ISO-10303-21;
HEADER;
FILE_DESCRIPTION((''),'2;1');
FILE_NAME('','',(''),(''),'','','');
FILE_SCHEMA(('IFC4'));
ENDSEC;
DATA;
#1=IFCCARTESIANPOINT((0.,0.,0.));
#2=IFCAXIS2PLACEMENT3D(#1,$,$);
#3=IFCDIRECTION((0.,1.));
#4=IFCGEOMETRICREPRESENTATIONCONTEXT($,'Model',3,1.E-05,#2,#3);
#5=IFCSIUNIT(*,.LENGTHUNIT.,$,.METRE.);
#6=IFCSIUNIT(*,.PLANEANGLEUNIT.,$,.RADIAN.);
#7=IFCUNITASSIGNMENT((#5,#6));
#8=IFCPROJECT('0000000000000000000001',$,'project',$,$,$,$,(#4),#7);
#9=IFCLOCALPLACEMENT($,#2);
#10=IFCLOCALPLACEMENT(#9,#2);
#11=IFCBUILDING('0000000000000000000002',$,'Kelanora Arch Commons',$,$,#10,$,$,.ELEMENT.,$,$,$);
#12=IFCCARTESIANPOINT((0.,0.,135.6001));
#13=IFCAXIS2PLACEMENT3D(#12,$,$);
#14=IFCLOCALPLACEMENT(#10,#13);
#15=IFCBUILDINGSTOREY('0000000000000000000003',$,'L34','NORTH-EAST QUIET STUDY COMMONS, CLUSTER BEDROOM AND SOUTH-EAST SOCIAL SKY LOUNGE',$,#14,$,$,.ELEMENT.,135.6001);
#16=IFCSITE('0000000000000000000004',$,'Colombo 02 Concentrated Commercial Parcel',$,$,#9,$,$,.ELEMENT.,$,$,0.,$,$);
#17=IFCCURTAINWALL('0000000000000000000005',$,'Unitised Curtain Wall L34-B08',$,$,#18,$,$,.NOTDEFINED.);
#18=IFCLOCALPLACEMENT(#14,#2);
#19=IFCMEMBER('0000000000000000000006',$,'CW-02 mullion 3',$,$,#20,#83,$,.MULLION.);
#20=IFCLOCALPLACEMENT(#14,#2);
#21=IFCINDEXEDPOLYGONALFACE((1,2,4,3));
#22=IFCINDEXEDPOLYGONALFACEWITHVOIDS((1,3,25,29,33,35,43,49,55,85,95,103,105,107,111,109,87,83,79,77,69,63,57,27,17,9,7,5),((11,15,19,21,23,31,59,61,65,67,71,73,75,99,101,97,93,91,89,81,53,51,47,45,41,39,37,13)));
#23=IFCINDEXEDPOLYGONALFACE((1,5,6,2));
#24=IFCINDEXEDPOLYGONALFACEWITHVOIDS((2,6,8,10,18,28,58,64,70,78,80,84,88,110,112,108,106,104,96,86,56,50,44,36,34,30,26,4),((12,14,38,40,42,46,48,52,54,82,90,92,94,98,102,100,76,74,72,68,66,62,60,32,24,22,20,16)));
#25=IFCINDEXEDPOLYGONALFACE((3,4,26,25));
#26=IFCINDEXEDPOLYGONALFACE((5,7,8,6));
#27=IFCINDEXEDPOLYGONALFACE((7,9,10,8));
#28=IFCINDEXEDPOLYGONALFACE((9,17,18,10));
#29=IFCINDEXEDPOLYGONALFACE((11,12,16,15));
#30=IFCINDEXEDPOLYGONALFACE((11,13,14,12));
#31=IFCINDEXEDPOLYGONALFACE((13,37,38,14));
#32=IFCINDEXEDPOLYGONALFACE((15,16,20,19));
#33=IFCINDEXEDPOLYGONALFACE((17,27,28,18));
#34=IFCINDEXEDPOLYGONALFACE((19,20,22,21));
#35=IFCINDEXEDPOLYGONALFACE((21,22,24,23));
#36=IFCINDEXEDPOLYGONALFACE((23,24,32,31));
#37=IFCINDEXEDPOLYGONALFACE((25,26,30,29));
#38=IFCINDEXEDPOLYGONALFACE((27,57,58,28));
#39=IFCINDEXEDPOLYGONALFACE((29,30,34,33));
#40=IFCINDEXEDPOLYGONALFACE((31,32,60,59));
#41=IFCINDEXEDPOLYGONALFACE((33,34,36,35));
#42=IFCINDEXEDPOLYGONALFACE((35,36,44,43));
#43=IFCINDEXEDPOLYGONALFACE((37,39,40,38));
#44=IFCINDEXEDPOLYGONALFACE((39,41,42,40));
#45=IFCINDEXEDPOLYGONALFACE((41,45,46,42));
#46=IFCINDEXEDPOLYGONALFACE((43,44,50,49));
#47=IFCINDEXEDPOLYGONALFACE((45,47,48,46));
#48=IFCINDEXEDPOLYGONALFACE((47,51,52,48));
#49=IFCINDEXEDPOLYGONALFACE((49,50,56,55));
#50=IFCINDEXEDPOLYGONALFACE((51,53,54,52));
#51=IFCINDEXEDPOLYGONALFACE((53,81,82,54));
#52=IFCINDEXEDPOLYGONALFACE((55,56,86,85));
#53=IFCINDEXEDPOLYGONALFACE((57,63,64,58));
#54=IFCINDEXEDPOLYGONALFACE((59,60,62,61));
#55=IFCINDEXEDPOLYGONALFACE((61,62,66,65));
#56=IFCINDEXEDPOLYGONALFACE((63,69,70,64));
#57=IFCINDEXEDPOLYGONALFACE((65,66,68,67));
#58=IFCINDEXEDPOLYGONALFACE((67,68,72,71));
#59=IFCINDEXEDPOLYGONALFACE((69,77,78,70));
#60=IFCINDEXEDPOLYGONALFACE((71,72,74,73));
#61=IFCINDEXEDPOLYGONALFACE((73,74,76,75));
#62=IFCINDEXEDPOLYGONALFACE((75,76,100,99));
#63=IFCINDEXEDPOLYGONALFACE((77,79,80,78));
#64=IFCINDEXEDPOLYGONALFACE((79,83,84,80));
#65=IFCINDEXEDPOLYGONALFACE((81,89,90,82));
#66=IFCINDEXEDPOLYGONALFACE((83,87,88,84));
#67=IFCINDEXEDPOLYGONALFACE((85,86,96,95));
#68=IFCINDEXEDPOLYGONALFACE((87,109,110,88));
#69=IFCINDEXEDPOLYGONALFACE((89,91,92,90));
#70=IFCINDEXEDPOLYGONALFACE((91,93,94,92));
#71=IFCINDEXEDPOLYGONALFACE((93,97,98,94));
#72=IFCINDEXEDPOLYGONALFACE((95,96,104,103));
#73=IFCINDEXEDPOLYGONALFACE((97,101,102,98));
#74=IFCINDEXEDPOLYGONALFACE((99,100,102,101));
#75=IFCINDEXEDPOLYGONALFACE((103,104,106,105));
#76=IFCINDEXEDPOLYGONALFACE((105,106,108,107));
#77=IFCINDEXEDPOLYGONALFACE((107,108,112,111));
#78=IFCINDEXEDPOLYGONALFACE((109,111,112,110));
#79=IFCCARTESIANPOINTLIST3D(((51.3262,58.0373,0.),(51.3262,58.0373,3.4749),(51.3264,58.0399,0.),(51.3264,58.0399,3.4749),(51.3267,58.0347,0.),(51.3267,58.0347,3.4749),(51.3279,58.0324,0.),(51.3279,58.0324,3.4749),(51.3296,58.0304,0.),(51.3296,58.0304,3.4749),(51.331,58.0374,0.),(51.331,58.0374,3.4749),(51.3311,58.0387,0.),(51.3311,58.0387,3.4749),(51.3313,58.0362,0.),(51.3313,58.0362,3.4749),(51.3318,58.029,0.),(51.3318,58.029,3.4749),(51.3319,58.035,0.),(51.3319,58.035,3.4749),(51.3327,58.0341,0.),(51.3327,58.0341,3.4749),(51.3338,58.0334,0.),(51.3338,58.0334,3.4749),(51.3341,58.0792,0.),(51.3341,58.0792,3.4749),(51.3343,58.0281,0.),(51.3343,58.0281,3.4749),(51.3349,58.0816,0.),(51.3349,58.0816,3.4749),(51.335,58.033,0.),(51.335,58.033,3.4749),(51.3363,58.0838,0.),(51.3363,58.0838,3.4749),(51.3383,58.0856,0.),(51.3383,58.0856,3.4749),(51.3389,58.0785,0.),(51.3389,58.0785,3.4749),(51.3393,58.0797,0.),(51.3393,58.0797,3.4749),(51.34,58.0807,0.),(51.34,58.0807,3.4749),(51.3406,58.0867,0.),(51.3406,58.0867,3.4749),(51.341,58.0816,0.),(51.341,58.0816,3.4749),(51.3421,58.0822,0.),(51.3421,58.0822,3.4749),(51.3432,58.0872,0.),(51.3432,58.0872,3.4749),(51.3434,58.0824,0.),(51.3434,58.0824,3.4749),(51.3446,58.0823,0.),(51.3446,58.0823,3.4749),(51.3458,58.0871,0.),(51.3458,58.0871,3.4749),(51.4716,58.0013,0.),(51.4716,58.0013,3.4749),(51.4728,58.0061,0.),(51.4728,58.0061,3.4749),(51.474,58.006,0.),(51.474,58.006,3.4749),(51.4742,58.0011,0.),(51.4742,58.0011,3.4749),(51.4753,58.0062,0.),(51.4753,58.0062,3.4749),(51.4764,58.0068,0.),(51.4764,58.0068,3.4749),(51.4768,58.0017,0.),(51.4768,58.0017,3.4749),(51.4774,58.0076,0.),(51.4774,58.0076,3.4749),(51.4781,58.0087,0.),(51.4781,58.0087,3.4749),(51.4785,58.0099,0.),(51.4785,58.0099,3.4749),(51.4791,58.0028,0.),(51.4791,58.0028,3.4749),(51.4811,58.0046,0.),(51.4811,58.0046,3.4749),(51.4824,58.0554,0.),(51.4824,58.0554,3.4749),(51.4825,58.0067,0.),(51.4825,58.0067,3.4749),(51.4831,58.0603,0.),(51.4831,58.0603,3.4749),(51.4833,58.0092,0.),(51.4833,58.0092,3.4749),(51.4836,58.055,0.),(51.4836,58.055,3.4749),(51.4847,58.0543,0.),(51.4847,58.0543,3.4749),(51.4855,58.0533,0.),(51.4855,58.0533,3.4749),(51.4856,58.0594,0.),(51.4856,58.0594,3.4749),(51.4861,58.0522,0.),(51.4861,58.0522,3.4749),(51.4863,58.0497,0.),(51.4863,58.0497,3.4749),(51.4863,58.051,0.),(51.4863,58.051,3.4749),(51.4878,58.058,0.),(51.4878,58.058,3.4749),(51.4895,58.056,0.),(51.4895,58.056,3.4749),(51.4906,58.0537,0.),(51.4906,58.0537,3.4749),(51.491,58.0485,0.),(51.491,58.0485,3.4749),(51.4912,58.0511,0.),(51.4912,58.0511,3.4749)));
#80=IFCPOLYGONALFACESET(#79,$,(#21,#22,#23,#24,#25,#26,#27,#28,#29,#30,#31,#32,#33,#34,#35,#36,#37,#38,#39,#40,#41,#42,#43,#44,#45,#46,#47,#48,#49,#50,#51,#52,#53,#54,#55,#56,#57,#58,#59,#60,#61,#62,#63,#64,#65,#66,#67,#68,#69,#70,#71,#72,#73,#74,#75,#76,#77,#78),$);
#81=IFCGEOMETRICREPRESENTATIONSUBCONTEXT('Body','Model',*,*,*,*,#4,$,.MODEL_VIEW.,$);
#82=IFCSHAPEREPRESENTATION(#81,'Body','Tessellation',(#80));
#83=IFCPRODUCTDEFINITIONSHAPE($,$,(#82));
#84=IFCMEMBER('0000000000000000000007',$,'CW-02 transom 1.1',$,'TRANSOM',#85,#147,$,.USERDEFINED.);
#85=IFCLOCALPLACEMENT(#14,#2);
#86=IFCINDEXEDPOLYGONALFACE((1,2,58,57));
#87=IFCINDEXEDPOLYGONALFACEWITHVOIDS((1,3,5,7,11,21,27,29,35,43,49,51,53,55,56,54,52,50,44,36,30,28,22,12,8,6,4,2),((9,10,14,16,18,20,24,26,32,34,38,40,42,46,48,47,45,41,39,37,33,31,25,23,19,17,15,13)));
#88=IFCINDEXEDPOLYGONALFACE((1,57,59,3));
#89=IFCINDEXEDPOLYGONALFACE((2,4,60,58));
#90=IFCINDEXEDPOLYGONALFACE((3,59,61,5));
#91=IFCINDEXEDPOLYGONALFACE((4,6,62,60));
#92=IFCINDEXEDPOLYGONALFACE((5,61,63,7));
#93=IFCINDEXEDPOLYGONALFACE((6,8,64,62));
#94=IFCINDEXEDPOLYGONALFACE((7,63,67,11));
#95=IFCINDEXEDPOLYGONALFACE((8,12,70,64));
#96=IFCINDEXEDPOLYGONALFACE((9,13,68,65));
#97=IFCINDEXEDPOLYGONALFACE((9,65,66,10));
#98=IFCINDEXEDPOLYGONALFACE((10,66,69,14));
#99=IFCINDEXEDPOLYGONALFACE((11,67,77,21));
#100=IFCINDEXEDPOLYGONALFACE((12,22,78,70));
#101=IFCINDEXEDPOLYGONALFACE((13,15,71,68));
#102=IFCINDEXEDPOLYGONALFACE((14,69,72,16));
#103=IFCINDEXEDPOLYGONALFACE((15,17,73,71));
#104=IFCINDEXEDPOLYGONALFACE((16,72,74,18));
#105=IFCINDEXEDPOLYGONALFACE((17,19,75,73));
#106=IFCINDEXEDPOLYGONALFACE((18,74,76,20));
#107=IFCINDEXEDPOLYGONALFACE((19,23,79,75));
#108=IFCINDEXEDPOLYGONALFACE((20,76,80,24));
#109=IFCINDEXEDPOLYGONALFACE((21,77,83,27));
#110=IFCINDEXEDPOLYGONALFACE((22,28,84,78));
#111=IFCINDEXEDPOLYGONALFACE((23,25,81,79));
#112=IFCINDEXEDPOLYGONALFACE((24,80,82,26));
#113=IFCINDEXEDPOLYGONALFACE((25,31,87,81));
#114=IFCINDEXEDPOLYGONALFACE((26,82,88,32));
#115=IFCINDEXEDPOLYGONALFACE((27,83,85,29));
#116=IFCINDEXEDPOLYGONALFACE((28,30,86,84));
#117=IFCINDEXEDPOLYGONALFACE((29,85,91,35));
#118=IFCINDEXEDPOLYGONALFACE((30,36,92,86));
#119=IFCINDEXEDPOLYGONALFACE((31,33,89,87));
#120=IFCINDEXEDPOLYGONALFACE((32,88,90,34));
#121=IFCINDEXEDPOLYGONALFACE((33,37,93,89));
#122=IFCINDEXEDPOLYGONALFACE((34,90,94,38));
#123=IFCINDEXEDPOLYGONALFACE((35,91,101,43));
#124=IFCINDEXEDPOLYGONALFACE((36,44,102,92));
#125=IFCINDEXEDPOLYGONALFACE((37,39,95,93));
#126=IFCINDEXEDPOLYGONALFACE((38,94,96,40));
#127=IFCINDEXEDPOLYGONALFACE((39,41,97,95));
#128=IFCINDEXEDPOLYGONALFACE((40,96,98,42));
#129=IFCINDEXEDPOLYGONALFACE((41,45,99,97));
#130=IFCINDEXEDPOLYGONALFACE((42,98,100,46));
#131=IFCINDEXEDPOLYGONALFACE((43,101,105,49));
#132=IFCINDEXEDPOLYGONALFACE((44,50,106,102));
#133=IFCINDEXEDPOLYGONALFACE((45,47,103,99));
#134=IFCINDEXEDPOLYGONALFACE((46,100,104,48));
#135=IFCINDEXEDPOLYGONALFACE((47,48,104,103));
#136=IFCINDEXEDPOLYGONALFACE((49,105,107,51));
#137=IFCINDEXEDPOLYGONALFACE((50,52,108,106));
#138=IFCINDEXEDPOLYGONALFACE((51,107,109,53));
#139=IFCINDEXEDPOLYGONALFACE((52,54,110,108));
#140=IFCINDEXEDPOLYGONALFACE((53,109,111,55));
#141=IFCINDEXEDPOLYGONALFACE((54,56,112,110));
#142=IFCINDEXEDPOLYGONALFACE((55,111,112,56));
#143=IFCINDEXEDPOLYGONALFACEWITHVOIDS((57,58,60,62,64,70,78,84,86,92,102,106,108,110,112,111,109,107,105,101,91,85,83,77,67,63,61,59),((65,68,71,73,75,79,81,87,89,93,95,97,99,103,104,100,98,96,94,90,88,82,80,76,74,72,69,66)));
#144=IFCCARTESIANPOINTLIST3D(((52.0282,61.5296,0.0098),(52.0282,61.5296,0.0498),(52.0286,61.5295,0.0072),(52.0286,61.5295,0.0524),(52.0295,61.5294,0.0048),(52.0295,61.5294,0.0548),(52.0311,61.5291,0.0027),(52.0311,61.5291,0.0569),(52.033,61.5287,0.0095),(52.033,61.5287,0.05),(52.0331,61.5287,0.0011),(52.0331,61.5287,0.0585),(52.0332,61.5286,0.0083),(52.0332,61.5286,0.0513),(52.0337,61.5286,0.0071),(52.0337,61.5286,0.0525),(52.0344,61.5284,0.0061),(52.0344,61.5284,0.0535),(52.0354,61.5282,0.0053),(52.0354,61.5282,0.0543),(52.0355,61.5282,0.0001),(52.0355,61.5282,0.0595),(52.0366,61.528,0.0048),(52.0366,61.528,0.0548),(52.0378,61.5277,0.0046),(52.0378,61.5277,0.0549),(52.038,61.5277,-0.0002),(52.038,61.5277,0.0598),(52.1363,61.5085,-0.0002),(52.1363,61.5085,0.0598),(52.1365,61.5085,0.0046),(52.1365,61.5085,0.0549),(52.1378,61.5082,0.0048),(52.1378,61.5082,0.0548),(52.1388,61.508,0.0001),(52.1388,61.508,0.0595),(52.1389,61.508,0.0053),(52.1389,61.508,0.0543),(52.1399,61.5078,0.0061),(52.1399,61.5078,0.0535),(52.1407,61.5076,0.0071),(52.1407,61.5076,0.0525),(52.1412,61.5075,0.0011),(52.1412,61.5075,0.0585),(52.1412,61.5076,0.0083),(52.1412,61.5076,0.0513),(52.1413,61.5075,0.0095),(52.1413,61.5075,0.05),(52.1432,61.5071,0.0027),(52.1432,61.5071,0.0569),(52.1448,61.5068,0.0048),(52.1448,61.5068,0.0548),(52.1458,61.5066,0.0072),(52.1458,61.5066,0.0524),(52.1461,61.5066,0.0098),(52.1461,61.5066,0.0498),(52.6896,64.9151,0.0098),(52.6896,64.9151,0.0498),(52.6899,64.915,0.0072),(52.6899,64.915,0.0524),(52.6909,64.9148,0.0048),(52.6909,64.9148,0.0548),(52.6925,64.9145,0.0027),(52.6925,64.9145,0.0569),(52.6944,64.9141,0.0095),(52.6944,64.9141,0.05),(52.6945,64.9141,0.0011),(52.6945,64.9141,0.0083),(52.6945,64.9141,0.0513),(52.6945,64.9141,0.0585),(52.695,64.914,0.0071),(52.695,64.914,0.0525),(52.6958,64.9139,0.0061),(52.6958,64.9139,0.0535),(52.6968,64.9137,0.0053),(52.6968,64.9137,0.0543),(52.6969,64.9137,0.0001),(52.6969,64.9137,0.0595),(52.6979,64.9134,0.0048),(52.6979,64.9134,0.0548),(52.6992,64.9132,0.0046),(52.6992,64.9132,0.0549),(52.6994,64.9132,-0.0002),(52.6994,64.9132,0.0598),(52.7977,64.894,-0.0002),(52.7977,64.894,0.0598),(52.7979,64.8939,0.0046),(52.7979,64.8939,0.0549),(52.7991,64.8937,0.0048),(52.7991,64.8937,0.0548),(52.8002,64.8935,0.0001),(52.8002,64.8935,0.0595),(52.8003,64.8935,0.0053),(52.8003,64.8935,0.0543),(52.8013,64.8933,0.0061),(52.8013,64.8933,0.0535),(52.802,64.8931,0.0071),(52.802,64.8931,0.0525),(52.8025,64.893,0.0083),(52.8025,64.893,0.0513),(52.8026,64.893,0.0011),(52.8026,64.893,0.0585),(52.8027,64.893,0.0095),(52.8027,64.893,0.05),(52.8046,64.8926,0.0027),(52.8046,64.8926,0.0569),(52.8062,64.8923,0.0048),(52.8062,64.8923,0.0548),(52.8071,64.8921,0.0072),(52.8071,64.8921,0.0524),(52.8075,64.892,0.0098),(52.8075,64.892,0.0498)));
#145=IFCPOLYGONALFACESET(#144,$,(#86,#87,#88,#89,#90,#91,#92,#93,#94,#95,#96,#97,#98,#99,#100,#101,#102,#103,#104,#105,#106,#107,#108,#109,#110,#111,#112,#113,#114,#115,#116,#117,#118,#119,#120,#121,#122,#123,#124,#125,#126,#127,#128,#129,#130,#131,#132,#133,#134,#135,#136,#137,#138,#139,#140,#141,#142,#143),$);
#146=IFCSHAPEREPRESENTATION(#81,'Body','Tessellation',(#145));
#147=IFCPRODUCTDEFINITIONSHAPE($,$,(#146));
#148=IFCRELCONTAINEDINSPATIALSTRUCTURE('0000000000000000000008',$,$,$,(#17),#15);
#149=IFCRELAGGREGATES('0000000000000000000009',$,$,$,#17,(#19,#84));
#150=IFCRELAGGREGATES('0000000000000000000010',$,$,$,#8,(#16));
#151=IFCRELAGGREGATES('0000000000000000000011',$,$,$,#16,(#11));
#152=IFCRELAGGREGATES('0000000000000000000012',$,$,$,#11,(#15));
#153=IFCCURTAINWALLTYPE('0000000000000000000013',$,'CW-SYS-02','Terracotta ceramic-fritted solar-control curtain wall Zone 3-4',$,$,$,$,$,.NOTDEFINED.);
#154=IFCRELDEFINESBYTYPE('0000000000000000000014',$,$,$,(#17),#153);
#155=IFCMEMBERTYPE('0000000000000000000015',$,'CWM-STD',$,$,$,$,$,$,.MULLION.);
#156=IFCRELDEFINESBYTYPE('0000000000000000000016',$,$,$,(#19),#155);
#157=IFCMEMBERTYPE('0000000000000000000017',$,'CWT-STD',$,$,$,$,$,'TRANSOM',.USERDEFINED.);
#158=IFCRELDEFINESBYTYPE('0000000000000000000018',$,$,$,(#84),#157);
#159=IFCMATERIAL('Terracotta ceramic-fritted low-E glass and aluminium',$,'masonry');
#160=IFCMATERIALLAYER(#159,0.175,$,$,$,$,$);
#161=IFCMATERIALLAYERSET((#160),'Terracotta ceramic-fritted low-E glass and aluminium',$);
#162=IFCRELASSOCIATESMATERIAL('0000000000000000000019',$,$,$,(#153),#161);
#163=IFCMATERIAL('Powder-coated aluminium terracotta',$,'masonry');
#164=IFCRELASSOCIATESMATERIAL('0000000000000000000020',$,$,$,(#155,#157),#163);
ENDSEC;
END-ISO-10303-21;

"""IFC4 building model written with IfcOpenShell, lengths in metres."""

from ifc_helpers import new_model, si_unit, direction, frame, origin, origin_2d, place, context, subcontext, project, spatial, hollow_rectangle, extrude, material, layer, layer_set, material_profile, profile_set, type_object, element, aggregate, save


model = new_model("IFC4")

# Units and contexts
model_context = context("Model", 3, precision=1e-05, world=origin(), true_north=direction((0.0, 1.0)))
body_context = subcontext(model_context, "Body", "Model", "MODEL_VIEW")
ifc_project = project(units=[si_unit("LENGTHUNIT", "METRE"), si_unit("PLANEANGLEUNIT", "RADIAN")], contexts=[model_context])

# Site, building, storey
site_placement = place(None, origin())
site = spatial("IfcSite", under=ifc_project, at=site_placement, Name="Colombo 02 Concentrated Commercial Parcel", CompositionType="ELEMENT", RefElevation=0.0)
building_placement = place(site_placement, origin())
building = spatial("IfcBuilding", under=site, at=building_placement, Name="Kelanora Arch Commons", CompositionType="ELEMENT")
storey_placement = place(building_placement, frame((0.0, 0.0, 135.6001)))
storey = spatial("IfcBuildingStorey", under=building, at=storey_placement, Name="L34", Description="NORTH-EAST QUIET STUDY COMMONS, CLUSTER BEDROOM AND SOUTH-EAST SOCIAL SKY LOUNGE", CompositionType="ELEMENT", Elevation=135.6001)

# Curtain wall, members
ifc_material_1 = material(Name="Terracotta ceramic-fritted low-E glass and aluminium", Category="masonry")
ifc_layer_1 = layer(ifc_material_1, 0.175)
ifc_layer_set_1 = layer_set([ifc_layer_1], Name="Terracotta ceramic-fritted low-E glass and aluminium")
curtain_wall_type = type_object("IfcCurtainWallType", Name="CW-SYS-02", Description="Terracotta ceramic-fritted solar-control curtain wall Zone 3-4", PredefinedType="NOTDEFINED", material=ifc_layer_set_1)
curtain_wall_placement = place(storey_placement, origin())
curtain_wall = element("IfcCurtainWall", 1, at=curtain_wall_placement, inside=storey, type_object=curtain_wall_type, Name="Unitised Curtain Wall L34-B08", PredefinedType="NOTDEFINED")
ifc_material_2 = material(Name="Powder-coated aluminium terracotta", Category="masonry")
ifc_material_profile_1 = material_profile(ifc_material_2, hollow_rectangle(XDim=0.1599, YDim=0.0601, WallThickness=0.0049, InnerFilletRadius=0.0049, OuterFilletRadius=0.01, at=origin_2d()), Name="CWM160x60")
ifc_profile_set_1 = profile_set([ifc_material_profile_1], Name="Powder-coated aluminium terracotta")
member_type_1 = type_object("IfcMemberType", Name="CWM-STD", PredefinedType="MULLION", material=ifc_profile_set_1)
member_1_placement = place(storey_placement, frame((51.4087, 58.0442, 0.0), z_axis=(0.0, 0.0, 1.0), x_axis=(0.981453, -0.191705, 0.0)))
member_1 = element("IfcMember", 2, at=member_1_placement, type_object=member_type_1, Name="CW-02 mullion 3", PredefinedType="MULLION", context=body_context, shape_type="SweptSolid", body=[
    extrude(hollow_rectangle(XDim=0.1599, YDim=0.0601, WallThickness=0.0049, InnerFilletRadius=0.0049, OuterFilletRadius=0.01, at=origin_2d()), origin(), (0.0, 0.0, 1.0), 3.4749),
])
ifc_material_profile_2 = material_profile(ifc_material_2, hollow_rectangle(XDim=0.1201, YDim=0.0601, WallThickness=0.0049, InnerFilletRadius=0.0049, OuterFilletRadius=0.01, at=origin_2d()), Name="CWT120x60")
ifc_profile_set_2 = profile_set([ifc_material_profile_2], Name="Powder-coated aluminium terracotta")
member_type_2 = type_object("IfcMemberType", Name="CWT-STD", ElementType="TRANSOM", PredefinedType="USERDEFINED", material=ifc_profile_set_2)
member_2_placement = place(storey_placement, frame((52.7485, 64.9036, 0.0298), z_axis=(-0.191732, -0.981447, 0.0), x_axis=(0.981447, -0.191732, 0.0)))
member_2 = element("IfcMember", 3, at=member_2_placement, type_object=member_type_2, Name="CW-02 transom 1.1", ObjectType="TRANSOM", PredefinedType="USERDEFINED", context=body_context, shape_type="SweptSolid", body=[
    extrude(hollow_rectangle(XDim=0.1201, YDim=0.0601, WallThickness=0.0049, InnerFilletRadius=0.0049, OuterFilletRadius=0.01, at=origin_2d()), origin(), (0.0, 0.0, 1.0), 3.4495),
])
aggregate(curtain_wall, [member_1, member_2])

save(model, "model.ifc")
